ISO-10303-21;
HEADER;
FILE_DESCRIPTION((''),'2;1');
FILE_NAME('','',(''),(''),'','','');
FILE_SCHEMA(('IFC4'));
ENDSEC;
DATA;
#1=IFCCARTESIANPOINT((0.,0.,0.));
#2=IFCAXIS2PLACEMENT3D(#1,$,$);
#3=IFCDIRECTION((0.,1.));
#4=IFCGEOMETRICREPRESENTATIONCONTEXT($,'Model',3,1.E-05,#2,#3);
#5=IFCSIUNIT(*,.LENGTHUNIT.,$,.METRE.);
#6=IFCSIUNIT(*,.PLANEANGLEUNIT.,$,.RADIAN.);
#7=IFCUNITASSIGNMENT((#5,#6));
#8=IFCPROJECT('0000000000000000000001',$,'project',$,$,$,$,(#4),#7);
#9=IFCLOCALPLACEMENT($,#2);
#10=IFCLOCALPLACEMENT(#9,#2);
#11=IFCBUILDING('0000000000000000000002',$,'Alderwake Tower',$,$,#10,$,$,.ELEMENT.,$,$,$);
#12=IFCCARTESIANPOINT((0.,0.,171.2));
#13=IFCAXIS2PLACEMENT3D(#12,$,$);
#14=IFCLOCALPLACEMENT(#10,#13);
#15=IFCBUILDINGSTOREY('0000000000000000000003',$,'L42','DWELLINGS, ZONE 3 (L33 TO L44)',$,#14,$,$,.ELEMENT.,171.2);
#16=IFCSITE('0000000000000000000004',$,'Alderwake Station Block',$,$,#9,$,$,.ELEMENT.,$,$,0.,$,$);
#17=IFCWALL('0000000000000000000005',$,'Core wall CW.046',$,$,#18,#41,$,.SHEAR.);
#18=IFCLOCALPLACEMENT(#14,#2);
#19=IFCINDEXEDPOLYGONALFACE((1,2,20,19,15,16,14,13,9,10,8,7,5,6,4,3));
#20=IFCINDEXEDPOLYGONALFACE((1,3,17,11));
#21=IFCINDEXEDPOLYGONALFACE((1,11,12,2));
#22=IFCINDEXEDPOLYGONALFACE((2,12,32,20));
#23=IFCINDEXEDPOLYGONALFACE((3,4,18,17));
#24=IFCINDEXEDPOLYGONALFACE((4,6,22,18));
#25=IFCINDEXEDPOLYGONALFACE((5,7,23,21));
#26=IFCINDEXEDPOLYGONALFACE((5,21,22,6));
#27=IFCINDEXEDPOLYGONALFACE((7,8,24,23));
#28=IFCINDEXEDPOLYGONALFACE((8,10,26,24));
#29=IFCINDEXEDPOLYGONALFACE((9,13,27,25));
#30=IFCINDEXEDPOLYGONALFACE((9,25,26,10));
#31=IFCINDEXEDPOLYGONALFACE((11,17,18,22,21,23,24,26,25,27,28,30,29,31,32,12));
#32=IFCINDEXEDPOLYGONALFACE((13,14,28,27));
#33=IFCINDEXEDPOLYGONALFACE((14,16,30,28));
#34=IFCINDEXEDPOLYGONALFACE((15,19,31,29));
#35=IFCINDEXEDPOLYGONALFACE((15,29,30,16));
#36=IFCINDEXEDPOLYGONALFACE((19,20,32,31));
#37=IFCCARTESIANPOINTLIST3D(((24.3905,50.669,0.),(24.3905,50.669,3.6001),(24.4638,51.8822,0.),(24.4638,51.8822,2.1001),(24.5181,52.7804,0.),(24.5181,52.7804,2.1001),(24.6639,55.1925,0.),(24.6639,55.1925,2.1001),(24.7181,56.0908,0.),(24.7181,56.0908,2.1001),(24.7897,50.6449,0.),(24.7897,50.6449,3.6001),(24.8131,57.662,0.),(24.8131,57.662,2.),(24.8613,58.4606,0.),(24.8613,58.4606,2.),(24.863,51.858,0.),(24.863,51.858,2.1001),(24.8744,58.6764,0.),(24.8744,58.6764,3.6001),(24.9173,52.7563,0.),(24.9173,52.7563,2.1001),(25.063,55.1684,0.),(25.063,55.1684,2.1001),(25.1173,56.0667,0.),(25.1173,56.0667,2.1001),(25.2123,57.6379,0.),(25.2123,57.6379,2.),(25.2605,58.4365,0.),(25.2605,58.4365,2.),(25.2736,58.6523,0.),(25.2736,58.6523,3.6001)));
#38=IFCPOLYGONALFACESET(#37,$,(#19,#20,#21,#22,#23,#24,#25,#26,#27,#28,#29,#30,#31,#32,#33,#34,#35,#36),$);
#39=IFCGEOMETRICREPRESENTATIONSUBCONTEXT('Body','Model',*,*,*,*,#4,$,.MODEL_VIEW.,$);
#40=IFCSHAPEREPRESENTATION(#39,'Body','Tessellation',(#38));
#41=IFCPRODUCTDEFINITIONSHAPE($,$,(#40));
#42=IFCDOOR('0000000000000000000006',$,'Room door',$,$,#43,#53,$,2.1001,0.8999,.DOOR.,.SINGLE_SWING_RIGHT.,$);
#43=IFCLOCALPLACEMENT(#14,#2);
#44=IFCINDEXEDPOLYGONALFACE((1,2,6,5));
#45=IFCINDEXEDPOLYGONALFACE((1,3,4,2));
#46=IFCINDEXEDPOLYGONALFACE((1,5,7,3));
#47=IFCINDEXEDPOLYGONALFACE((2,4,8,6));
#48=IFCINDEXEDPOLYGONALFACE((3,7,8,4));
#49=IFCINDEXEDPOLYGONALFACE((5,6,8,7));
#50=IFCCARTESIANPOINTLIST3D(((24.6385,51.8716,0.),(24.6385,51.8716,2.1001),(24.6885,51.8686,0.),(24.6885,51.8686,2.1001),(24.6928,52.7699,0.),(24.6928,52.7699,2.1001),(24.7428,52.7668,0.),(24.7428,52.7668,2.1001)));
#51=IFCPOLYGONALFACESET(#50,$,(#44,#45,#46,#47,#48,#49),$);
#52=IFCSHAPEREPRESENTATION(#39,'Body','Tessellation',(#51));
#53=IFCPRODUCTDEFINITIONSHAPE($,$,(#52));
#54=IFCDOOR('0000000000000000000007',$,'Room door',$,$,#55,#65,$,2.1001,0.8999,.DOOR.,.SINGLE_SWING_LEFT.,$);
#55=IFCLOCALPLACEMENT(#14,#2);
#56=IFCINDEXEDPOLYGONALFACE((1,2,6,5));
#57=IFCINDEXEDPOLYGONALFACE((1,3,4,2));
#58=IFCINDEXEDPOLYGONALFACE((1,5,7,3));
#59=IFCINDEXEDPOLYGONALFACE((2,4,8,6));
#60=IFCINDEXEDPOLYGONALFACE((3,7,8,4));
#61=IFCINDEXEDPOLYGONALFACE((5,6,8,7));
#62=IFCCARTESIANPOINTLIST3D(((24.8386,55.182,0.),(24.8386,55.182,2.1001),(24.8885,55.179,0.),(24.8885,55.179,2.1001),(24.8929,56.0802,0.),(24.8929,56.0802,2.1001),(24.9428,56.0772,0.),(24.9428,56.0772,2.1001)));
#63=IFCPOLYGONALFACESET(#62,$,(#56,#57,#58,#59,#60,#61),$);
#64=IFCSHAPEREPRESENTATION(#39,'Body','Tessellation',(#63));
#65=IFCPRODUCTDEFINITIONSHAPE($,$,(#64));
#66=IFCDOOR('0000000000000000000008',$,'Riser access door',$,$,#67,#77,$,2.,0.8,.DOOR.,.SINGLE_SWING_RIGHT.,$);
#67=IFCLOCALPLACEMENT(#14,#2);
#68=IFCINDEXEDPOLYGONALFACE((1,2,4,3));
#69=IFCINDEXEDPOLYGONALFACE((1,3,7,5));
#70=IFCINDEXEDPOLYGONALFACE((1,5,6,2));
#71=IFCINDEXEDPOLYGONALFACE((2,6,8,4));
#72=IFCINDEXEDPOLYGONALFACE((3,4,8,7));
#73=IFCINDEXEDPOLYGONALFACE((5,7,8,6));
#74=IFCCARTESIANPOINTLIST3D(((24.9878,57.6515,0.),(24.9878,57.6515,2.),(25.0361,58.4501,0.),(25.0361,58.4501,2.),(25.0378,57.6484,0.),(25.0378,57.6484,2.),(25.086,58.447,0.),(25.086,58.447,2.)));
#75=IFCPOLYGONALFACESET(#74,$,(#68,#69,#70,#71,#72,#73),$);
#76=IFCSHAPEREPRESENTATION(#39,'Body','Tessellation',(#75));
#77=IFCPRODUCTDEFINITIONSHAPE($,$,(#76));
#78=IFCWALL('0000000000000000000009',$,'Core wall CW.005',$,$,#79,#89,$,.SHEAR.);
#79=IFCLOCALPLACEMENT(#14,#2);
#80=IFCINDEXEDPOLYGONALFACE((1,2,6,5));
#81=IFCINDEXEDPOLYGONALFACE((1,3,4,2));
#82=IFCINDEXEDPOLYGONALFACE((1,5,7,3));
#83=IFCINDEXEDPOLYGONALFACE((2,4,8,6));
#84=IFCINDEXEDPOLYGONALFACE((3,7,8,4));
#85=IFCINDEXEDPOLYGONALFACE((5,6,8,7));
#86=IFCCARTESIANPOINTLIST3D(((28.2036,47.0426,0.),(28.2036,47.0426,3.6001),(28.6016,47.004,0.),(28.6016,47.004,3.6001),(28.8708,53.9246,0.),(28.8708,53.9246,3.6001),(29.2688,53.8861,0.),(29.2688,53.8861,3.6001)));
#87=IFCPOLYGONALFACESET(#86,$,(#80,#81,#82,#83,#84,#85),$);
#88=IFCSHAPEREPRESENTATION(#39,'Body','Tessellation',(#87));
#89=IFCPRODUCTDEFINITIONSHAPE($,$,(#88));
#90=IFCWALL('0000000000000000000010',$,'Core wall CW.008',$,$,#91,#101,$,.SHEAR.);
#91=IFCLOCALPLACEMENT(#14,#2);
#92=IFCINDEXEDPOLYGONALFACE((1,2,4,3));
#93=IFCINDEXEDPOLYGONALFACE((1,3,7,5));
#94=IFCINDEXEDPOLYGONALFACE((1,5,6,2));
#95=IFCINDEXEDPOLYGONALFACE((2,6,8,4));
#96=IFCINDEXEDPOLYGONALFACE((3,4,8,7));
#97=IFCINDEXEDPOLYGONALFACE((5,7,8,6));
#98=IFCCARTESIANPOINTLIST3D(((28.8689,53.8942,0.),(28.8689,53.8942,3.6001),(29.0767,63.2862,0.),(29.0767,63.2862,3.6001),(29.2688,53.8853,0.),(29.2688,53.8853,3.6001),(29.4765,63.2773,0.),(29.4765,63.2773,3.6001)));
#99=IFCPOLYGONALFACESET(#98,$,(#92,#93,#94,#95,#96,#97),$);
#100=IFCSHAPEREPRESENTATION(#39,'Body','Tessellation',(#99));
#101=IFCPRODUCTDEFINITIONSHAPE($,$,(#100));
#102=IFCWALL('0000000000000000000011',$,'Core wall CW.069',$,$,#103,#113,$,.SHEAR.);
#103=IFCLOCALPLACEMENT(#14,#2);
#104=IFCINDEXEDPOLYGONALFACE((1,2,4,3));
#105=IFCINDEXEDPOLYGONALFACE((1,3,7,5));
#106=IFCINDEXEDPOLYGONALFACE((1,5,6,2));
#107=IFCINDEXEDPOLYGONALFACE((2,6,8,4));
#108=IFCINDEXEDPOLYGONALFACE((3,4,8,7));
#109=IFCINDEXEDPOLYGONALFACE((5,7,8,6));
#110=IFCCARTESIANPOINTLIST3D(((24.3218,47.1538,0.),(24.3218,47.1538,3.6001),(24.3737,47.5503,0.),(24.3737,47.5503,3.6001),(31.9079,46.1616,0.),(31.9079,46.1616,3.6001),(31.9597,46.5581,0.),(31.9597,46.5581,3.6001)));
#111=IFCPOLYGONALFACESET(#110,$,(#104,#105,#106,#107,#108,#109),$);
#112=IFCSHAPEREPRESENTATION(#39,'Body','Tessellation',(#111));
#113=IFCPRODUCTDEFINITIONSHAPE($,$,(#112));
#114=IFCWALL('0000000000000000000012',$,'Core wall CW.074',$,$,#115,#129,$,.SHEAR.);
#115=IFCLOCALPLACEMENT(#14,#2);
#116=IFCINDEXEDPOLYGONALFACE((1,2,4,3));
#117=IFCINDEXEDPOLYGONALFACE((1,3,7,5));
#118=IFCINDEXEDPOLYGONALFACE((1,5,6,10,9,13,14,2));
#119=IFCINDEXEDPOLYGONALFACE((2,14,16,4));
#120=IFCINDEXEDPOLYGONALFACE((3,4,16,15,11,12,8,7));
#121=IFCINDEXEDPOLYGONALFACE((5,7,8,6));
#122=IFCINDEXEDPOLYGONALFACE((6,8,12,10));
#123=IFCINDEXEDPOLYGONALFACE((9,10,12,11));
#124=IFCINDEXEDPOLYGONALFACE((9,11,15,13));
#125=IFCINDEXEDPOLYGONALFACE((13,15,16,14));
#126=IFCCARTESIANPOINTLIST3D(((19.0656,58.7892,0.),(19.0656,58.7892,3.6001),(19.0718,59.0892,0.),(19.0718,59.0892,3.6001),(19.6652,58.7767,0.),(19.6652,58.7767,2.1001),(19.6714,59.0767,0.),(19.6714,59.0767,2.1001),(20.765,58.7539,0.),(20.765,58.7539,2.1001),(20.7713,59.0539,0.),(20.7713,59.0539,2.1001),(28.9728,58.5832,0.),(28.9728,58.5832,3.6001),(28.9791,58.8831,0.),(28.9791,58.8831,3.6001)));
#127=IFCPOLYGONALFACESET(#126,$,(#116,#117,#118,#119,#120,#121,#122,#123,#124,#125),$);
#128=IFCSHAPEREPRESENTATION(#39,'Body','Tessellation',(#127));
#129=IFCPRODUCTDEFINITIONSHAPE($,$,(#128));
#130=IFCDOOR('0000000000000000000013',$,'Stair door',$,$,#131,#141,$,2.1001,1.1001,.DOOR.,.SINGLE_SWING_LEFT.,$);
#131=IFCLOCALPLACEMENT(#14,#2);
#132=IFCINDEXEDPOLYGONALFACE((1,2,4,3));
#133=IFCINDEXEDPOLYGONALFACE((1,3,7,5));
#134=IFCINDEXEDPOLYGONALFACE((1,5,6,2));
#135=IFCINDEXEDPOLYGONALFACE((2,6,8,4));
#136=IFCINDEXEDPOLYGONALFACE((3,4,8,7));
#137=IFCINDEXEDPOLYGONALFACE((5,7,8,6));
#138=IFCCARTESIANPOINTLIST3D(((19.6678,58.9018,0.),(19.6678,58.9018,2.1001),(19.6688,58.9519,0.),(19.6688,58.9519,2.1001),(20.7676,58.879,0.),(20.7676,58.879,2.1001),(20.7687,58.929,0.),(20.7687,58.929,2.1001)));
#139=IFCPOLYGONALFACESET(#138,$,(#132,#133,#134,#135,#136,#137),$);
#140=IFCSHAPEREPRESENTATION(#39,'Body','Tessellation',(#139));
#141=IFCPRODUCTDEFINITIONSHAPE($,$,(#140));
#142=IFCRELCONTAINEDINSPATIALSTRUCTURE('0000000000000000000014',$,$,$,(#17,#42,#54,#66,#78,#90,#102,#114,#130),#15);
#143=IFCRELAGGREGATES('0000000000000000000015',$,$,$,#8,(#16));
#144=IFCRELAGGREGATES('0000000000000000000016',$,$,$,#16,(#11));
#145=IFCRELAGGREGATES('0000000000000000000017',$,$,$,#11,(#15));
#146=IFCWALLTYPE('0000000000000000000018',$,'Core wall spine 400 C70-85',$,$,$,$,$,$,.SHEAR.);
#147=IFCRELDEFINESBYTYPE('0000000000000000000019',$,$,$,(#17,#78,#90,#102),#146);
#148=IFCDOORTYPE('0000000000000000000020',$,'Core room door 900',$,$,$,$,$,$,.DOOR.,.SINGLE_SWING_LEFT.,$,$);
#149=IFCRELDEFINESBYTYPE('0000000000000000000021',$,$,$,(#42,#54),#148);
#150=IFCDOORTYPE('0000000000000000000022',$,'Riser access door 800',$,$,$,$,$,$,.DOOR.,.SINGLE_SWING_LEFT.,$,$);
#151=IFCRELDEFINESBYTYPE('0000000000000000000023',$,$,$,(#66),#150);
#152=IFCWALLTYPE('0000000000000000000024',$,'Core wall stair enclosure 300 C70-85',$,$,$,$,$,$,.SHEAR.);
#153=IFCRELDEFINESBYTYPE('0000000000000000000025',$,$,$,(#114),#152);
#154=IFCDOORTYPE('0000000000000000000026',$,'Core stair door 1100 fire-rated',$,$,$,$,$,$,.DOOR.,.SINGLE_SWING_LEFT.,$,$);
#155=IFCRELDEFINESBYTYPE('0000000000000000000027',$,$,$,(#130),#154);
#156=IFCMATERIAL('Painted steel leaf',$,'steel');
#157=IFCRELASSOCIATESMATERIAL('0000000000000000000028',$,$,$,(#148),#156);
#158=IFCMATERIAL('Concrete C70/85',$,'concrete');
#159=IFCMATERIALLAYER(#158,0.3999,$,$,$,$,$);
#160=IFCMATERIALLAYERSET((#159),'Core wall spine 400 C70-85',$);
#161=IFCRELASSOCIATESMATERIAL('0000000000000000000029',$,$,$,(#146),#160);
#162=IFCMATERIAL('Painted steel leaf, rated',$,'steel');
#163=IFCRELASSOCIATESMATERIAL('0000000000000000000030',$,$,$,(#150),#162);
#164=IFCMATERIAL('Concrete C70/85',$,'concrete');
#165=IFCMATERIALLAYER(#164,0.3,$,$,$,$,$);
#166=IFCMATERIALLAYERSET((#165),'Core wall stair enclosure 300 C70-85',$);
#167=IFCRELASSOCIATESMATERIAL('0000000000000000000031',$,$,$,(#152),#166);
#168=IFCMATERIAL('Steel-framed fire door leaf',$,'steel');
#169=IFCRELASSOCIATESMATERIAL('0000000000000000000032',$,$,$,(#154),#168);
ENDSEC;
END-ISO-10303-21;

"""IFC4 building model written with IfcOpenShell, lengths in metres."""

from ifc_helpers import new_model, si_unit, direction, frame, frame_2d, origin, place, context, subcontext, project, spatial, rectangle, extrude, material, layer, layer_set, type_object, element, fill, save


model = new_model("IFC4")

# Units and contexts
model_context = context("Model", 3, precision=1e-05, world=origin(), true_north=direction((0.0, 1.0)))
body_context = subcontext(model_context, "Body", "Model", "MODEL_VIEW")
ifc_project = project(units=[si_unit("LENGTHUNIT", "METRE"), si_unit("PLANEANGLEUNIT", "RADIAN")], contexts=[model_context])

# Site, building, storey
site_placement = place(None, origin())
site = spatial("IfcSite", under=ifc_project, at=site_placement, Name="Alderwake Station Block", CompositionType="ELEMENT", RefElevation=0.0)
building_placement = place(site_placement, origin())
building = spatial("IfcBuilding", under=site, at=building_placement, Name="Alderwake Tower", CompositionType="ELEMENT")
storey_placement = place(building_placement, frame((0.0, 0.0, 171.2)))
storey = spatial("IfcBuildingStorey", under=building, at=storey_placement, Name="L42", Description="DWELLINGS, ZONE 3 (L33 TO L44)", CompositionType="ELEMENT", Elevation=171.2)

# Shared definitions
ifc_material_1 = material(Name="Painted steel leaf", Category="steel")
door_type_1 = type_object("IfcDoorType", Name="Core room door 900", OperationType="SINGLE_SWING_LEFT", PredefinedType="DOOR", material=ifc_material_1)

# Wall, openings, doors
ifc_material_2 = material(Name="Concrete C70/85", Category="concrete")
ifc_layer_1 = layer(ifc_material_2, 0.3999)
ifc_layer_set_1 = layer_set([ifc_layer_1], Name="Core wall spine 400 C70-85")
wall_type_1 = type_object("IfcWallType", Name="Core wall spine 400 C70-85", PredefinedType="SHEAR", material=ifc_layer_set_1)
wall_1_placement = place(storey_placement, frame((24.5901, 50.657, 0.0), z_axis=(0.0, 0.0, 1.0), x_axis=(0.06032, 0.998179, 0.0)))
wall_1 = element("IfcWall", 1, at=wall_1_placement, inside=storey, type_object=wall_type_1, Name="Core wall CW.046", PredefinedType="SHEAR", context=body_context, shape_type="SweptSolid", body=[
    extrude(rectangle(XDim=8.022, YDim=0.3999, at=frame_2d((4.011, 0.0))), origin(), (0.0, 0.0, 1.0), 3.6001),
])
opening_1_placement = place(wall_1_placement, frame((7.0059, 0.0, 0.0)))
opening_1 = element("IfcOpeningElement", 2, at=opening_1_placement, cuts=wall_1, PredefinedType="OPENING", context=body_context, shape_type="SweptSolid", body=[
    extrude(rectangle(XDim=0.8, YDim=2.0, at=frame_2d((0.3999, 1.0))), frame((0.0, 0.21, 0.0), z_axis=(0.0, -1.0, 0.0), x_axis=(1.0, 0.0, 0.0)), (0.0, 0.0, 1.0), 0.4199),
])
opening_2_placement = place(wall_1_placement, frame((1.2153, 0.0, 0.0)))
opening_2 = element("IfcOpeningElement", 3, at=opening_2_placement, cuts=wall_1, PredefinedType="OPENING", context=body_context, shape_type="SweptSolid", body=[
    extrude(rectangle(XDim=0.8999, YDim=2.1001, at=frame_2d((0.45, 1.05))), frame((0.0, 0.21, 0.0), z_axis=(0.0, -1.0, 0.0), x_axis=(1.0, 0.0, 0.0)), (0.0, 0.0, 1.0), 0.4199),
])
opening_3_placement = place(wall_1_placement, frame((4.5317, 0.0, 0.0)))
opening_3 = element("IfcOpeningElement", 4, at=opening_3_placement, cuts=wall_1, PredefinedType="OPENING", context=body_context, shape_type="SweptSolid", body=[
    extrude(rectangle(XDim=0.8999, YDim=2.1001, at=frame_2d((0.45, 1.05))), frame((0.0, 0.21, 0.0), z_axis=(0.0, -1.0, 0.0), x_axis=(1.0, 0.0, 0.0)), (0.0, 0.0, 1.0), 0.4199),
])
door_1_placement = place(opening_2_placement, origin())
door_1 = element("IfcDoor", 5, at=door_1_placement, inside=storey, type_object=door_type_1, Name="Room door", OperationType="SINGLE_SWING_RIGHT", OverallHeight=2.1001, OverallWidth=0.8999, PredefinedType="DOOR", context=body_context, shape_type="SweptSolid", body=[
    extrude(rectangle(XDim=0.8999, YDim=2.1001, at=frame_2d((0.45, 1.05))), frame((0.0, 0.0249, 0.0), z_axis=(0.0, -1.0, 0.0), x_axis=(1.0, 0.0, 0.0)), (0.0, 0.0, 1.0), 0.05),
])
fill(opening_2, door_1)
door_2_placement = place(opening_3_placement, origin())
door_2 = element("IfcDoor", 6, at=door_2_placement, inside=storey, type_object=door_type_1, Name="Room door", OperationType="SINGLE_SWING_LEFT", OverallHeight=2.1001, OverallWidth=0.8999, PredefinedType="DOOR", context=body_context, shape_type="SweptSolid", body=[
    extrude(rectangle(XDim=0.8999, YDim=2.1001, at=frame_2d((0.45, 1.05))), frame((0.0, 0.0249, 0.0), z_axis=(0.0, -1.0, 0.0), x_axis=(1.0, 0.0, 0.0)), (0.0, 0.0, 1.0), 0.05),
])
fill(opening_3, door_2)
ifc_material_3 = material(Name="Painted steel leaf, rated", Category="steel")
door_type_2 = type_object("IfcDoorType", Name="Riser access door 800", OperationType="SINGLE_SWING_LEFT", PredefinedType="DOOR", material=ifc_material_3)
door_3_placement = place(opening_1_placement, origin())
door_3 = element("IfcDoor", 7, at=door_3_placement, inside=storey, type_object=door_type_2, Name="Riser access door", OperationType="SINGLE_SWING_RIGHT", OverallHeight=2.0, OverallWidth=0.8, PredefinedType="DOOR", context=body_context, shape_type="SweptSolid", body=[
    extrude(rectangle(XDim=0.8, YDim=2.0, at=frame_2d((0.3999, 1.0))), frame((0.0, 0.0249, 0.0), z_axis=(0.0, -1.0, 0.0), x_axis=(1.0, 0.0, 0.0)), (0.0, 0.0, 1.0), 0.05),
])
fill(opening_1, door_3)

# Walls
wall_2_placement = place(storey_placement, frame((28.4026, 47.0234, 0.0), z_axis=(0.0, 0.0, 1.0), x_axis=(0.0965, 0.995333, 0.0)))
element("IfcWall", 8, at=wall_2_placement, inside=storey, type_object=wall_type_1, Name="Core wall CW.005", PredefinedType="SHEAR", context=body_context, shape_type="SweptSolid", body=[
    extrude(rectangle(XDim=6.9143, YDim=0.3999, at=frame_2d((3.457, 0.0))), origin(), (0.0, 0.0, 1.0), 3.6001),
])
wall_3_placement = place(storey_placement, frame((29.0688, 53.8896, 0.0), z_axis=(0.0, 0.0, 1.0), x_axis=(0.022116, 0.999755, 0.0)))
element("IfcWall", 9, at=wall_3_placement, inside=storey, type_object=wall_type_1, Name="Core wall CW.008", PredefinedType="SHEAR", context=body_context, shape_type="SweptSolid", body=[
    extrude(rectangle(XDim=9.3943, YDim=0.3999, at=frame_2d((4.6973, 0.0))), origin(), (0.0, 0.0, 1.0), 3.6001),
])
wall_4_placement = place(storey_placement, frame((24.3479, 47.3521, 0.0), z_axis=(0.0, 0.0, 1.0), x_axis=(0.991555, -0.129688, 0.0)))
element("IfcWall", 10, at=wall_4_placement, inside=storey, type_object=wall_type_1, Name="Core wall CW.069", PredefinedType="SHEAR", context=body_context, shape_type="SweptSolid", body=[
    extrude(rectangle(XDim=7.6506, YDim=0.3999, at=frame_2d((3.8252, 0.0))), origin(), (0.0, 0.0, 1.0), 3.6001),
])

# Wall, opening, door
ifc_material_4 = material(Name="Concrete C70/85", Category="concrete")
ifc_layer_2 = layer(ifc_material_4, 0.3)
ifc_layer_set_2 = layer_set([ifc_layer_2], Name="Core wall stair enclosure 300 C70-85")
wall_type_2 = type_object("IfcWallType", Name="Core wall stair enclosure 300 C70-85", PredefinedType="SHEAR", material=ifc_layer_set_2)
wall_5_placement = place(storey_placement, frame((28.9758, 58.7332, 0.0), z_axis=(0.0, 0.0, 1.0), x_axis=(-0.999784, 0.020794, 0.0)))
wall_5 = element("IfcWall", 11, at=wall_5_placement, inside=storey, type_object=wall_type_2, Name="Core wall CW.074", PredefinedType="SHEAR", context=body_context, shape_type="SweptSolid", body=[
    extrude(rectangle(XDim=9.9094, YDim=0.3, at=frame_2d((4.9546, 0.0))), origin(), (0.0, 0.0, 1.0), 3.6001),
])
opening_4_placement = place(wall_5_placement, frame((8.2095, 0.0, 0.0)))
opening_4 = element("IfcOpeningElement", 12, at=opening_4_placement, cuts=wall_5, PredefinedType="OPENING", context=body_context, shape_type="SweptSolid", body=[
    extrude(rectangle(XDim=1.1001, YDim=2.1001, at=frame_2d((0.55, 1.05))), frame((0.0, 0.1599, 0.0), z_axis=(0.0, -1.0, 0.0), x_axis=(1.0, 0.0, 0.0)), (0.0, 0.0, 1.0), 0.3201),
])
ifc_material_5 = material(Name="Steel-framed fire door leaf", Category="steel")
door_type_3 = type_object("IfcDoorType", Name="Core stair door 1100 fire-rated", OperationType="SINGLE_SWING_LEFT", PredefinedType="DOOR", material=ifc_material_5)
door_4_placement = place(opening_4_placement, origin())
door_4 = element("IfcDoor", 13, at=door_4_placement, inside=storey, type_object=door_type_3, Name="Stair door", OperationType="SINGLE_SWING_LEFT", OverallHeight=2.1001, OverallWidth=1.1001, PredefinedType="DOOR", context=body_context, shape_type="SweptSolid", body=[
    extrude(rectangle(XDim=1.1001, YDim=2.1001, at=frame_2d((0.55, 1.05))), frame((0.0, 0.0249, 0.0), z_axis=(0.0, -1.0, 0.0), x_axis=(1.0, 0.0, 0.0)), (0.0, 0.0, 1.0), 0.05),
])
fill(opening_4, door_4)

save(model, "model.ifc")
